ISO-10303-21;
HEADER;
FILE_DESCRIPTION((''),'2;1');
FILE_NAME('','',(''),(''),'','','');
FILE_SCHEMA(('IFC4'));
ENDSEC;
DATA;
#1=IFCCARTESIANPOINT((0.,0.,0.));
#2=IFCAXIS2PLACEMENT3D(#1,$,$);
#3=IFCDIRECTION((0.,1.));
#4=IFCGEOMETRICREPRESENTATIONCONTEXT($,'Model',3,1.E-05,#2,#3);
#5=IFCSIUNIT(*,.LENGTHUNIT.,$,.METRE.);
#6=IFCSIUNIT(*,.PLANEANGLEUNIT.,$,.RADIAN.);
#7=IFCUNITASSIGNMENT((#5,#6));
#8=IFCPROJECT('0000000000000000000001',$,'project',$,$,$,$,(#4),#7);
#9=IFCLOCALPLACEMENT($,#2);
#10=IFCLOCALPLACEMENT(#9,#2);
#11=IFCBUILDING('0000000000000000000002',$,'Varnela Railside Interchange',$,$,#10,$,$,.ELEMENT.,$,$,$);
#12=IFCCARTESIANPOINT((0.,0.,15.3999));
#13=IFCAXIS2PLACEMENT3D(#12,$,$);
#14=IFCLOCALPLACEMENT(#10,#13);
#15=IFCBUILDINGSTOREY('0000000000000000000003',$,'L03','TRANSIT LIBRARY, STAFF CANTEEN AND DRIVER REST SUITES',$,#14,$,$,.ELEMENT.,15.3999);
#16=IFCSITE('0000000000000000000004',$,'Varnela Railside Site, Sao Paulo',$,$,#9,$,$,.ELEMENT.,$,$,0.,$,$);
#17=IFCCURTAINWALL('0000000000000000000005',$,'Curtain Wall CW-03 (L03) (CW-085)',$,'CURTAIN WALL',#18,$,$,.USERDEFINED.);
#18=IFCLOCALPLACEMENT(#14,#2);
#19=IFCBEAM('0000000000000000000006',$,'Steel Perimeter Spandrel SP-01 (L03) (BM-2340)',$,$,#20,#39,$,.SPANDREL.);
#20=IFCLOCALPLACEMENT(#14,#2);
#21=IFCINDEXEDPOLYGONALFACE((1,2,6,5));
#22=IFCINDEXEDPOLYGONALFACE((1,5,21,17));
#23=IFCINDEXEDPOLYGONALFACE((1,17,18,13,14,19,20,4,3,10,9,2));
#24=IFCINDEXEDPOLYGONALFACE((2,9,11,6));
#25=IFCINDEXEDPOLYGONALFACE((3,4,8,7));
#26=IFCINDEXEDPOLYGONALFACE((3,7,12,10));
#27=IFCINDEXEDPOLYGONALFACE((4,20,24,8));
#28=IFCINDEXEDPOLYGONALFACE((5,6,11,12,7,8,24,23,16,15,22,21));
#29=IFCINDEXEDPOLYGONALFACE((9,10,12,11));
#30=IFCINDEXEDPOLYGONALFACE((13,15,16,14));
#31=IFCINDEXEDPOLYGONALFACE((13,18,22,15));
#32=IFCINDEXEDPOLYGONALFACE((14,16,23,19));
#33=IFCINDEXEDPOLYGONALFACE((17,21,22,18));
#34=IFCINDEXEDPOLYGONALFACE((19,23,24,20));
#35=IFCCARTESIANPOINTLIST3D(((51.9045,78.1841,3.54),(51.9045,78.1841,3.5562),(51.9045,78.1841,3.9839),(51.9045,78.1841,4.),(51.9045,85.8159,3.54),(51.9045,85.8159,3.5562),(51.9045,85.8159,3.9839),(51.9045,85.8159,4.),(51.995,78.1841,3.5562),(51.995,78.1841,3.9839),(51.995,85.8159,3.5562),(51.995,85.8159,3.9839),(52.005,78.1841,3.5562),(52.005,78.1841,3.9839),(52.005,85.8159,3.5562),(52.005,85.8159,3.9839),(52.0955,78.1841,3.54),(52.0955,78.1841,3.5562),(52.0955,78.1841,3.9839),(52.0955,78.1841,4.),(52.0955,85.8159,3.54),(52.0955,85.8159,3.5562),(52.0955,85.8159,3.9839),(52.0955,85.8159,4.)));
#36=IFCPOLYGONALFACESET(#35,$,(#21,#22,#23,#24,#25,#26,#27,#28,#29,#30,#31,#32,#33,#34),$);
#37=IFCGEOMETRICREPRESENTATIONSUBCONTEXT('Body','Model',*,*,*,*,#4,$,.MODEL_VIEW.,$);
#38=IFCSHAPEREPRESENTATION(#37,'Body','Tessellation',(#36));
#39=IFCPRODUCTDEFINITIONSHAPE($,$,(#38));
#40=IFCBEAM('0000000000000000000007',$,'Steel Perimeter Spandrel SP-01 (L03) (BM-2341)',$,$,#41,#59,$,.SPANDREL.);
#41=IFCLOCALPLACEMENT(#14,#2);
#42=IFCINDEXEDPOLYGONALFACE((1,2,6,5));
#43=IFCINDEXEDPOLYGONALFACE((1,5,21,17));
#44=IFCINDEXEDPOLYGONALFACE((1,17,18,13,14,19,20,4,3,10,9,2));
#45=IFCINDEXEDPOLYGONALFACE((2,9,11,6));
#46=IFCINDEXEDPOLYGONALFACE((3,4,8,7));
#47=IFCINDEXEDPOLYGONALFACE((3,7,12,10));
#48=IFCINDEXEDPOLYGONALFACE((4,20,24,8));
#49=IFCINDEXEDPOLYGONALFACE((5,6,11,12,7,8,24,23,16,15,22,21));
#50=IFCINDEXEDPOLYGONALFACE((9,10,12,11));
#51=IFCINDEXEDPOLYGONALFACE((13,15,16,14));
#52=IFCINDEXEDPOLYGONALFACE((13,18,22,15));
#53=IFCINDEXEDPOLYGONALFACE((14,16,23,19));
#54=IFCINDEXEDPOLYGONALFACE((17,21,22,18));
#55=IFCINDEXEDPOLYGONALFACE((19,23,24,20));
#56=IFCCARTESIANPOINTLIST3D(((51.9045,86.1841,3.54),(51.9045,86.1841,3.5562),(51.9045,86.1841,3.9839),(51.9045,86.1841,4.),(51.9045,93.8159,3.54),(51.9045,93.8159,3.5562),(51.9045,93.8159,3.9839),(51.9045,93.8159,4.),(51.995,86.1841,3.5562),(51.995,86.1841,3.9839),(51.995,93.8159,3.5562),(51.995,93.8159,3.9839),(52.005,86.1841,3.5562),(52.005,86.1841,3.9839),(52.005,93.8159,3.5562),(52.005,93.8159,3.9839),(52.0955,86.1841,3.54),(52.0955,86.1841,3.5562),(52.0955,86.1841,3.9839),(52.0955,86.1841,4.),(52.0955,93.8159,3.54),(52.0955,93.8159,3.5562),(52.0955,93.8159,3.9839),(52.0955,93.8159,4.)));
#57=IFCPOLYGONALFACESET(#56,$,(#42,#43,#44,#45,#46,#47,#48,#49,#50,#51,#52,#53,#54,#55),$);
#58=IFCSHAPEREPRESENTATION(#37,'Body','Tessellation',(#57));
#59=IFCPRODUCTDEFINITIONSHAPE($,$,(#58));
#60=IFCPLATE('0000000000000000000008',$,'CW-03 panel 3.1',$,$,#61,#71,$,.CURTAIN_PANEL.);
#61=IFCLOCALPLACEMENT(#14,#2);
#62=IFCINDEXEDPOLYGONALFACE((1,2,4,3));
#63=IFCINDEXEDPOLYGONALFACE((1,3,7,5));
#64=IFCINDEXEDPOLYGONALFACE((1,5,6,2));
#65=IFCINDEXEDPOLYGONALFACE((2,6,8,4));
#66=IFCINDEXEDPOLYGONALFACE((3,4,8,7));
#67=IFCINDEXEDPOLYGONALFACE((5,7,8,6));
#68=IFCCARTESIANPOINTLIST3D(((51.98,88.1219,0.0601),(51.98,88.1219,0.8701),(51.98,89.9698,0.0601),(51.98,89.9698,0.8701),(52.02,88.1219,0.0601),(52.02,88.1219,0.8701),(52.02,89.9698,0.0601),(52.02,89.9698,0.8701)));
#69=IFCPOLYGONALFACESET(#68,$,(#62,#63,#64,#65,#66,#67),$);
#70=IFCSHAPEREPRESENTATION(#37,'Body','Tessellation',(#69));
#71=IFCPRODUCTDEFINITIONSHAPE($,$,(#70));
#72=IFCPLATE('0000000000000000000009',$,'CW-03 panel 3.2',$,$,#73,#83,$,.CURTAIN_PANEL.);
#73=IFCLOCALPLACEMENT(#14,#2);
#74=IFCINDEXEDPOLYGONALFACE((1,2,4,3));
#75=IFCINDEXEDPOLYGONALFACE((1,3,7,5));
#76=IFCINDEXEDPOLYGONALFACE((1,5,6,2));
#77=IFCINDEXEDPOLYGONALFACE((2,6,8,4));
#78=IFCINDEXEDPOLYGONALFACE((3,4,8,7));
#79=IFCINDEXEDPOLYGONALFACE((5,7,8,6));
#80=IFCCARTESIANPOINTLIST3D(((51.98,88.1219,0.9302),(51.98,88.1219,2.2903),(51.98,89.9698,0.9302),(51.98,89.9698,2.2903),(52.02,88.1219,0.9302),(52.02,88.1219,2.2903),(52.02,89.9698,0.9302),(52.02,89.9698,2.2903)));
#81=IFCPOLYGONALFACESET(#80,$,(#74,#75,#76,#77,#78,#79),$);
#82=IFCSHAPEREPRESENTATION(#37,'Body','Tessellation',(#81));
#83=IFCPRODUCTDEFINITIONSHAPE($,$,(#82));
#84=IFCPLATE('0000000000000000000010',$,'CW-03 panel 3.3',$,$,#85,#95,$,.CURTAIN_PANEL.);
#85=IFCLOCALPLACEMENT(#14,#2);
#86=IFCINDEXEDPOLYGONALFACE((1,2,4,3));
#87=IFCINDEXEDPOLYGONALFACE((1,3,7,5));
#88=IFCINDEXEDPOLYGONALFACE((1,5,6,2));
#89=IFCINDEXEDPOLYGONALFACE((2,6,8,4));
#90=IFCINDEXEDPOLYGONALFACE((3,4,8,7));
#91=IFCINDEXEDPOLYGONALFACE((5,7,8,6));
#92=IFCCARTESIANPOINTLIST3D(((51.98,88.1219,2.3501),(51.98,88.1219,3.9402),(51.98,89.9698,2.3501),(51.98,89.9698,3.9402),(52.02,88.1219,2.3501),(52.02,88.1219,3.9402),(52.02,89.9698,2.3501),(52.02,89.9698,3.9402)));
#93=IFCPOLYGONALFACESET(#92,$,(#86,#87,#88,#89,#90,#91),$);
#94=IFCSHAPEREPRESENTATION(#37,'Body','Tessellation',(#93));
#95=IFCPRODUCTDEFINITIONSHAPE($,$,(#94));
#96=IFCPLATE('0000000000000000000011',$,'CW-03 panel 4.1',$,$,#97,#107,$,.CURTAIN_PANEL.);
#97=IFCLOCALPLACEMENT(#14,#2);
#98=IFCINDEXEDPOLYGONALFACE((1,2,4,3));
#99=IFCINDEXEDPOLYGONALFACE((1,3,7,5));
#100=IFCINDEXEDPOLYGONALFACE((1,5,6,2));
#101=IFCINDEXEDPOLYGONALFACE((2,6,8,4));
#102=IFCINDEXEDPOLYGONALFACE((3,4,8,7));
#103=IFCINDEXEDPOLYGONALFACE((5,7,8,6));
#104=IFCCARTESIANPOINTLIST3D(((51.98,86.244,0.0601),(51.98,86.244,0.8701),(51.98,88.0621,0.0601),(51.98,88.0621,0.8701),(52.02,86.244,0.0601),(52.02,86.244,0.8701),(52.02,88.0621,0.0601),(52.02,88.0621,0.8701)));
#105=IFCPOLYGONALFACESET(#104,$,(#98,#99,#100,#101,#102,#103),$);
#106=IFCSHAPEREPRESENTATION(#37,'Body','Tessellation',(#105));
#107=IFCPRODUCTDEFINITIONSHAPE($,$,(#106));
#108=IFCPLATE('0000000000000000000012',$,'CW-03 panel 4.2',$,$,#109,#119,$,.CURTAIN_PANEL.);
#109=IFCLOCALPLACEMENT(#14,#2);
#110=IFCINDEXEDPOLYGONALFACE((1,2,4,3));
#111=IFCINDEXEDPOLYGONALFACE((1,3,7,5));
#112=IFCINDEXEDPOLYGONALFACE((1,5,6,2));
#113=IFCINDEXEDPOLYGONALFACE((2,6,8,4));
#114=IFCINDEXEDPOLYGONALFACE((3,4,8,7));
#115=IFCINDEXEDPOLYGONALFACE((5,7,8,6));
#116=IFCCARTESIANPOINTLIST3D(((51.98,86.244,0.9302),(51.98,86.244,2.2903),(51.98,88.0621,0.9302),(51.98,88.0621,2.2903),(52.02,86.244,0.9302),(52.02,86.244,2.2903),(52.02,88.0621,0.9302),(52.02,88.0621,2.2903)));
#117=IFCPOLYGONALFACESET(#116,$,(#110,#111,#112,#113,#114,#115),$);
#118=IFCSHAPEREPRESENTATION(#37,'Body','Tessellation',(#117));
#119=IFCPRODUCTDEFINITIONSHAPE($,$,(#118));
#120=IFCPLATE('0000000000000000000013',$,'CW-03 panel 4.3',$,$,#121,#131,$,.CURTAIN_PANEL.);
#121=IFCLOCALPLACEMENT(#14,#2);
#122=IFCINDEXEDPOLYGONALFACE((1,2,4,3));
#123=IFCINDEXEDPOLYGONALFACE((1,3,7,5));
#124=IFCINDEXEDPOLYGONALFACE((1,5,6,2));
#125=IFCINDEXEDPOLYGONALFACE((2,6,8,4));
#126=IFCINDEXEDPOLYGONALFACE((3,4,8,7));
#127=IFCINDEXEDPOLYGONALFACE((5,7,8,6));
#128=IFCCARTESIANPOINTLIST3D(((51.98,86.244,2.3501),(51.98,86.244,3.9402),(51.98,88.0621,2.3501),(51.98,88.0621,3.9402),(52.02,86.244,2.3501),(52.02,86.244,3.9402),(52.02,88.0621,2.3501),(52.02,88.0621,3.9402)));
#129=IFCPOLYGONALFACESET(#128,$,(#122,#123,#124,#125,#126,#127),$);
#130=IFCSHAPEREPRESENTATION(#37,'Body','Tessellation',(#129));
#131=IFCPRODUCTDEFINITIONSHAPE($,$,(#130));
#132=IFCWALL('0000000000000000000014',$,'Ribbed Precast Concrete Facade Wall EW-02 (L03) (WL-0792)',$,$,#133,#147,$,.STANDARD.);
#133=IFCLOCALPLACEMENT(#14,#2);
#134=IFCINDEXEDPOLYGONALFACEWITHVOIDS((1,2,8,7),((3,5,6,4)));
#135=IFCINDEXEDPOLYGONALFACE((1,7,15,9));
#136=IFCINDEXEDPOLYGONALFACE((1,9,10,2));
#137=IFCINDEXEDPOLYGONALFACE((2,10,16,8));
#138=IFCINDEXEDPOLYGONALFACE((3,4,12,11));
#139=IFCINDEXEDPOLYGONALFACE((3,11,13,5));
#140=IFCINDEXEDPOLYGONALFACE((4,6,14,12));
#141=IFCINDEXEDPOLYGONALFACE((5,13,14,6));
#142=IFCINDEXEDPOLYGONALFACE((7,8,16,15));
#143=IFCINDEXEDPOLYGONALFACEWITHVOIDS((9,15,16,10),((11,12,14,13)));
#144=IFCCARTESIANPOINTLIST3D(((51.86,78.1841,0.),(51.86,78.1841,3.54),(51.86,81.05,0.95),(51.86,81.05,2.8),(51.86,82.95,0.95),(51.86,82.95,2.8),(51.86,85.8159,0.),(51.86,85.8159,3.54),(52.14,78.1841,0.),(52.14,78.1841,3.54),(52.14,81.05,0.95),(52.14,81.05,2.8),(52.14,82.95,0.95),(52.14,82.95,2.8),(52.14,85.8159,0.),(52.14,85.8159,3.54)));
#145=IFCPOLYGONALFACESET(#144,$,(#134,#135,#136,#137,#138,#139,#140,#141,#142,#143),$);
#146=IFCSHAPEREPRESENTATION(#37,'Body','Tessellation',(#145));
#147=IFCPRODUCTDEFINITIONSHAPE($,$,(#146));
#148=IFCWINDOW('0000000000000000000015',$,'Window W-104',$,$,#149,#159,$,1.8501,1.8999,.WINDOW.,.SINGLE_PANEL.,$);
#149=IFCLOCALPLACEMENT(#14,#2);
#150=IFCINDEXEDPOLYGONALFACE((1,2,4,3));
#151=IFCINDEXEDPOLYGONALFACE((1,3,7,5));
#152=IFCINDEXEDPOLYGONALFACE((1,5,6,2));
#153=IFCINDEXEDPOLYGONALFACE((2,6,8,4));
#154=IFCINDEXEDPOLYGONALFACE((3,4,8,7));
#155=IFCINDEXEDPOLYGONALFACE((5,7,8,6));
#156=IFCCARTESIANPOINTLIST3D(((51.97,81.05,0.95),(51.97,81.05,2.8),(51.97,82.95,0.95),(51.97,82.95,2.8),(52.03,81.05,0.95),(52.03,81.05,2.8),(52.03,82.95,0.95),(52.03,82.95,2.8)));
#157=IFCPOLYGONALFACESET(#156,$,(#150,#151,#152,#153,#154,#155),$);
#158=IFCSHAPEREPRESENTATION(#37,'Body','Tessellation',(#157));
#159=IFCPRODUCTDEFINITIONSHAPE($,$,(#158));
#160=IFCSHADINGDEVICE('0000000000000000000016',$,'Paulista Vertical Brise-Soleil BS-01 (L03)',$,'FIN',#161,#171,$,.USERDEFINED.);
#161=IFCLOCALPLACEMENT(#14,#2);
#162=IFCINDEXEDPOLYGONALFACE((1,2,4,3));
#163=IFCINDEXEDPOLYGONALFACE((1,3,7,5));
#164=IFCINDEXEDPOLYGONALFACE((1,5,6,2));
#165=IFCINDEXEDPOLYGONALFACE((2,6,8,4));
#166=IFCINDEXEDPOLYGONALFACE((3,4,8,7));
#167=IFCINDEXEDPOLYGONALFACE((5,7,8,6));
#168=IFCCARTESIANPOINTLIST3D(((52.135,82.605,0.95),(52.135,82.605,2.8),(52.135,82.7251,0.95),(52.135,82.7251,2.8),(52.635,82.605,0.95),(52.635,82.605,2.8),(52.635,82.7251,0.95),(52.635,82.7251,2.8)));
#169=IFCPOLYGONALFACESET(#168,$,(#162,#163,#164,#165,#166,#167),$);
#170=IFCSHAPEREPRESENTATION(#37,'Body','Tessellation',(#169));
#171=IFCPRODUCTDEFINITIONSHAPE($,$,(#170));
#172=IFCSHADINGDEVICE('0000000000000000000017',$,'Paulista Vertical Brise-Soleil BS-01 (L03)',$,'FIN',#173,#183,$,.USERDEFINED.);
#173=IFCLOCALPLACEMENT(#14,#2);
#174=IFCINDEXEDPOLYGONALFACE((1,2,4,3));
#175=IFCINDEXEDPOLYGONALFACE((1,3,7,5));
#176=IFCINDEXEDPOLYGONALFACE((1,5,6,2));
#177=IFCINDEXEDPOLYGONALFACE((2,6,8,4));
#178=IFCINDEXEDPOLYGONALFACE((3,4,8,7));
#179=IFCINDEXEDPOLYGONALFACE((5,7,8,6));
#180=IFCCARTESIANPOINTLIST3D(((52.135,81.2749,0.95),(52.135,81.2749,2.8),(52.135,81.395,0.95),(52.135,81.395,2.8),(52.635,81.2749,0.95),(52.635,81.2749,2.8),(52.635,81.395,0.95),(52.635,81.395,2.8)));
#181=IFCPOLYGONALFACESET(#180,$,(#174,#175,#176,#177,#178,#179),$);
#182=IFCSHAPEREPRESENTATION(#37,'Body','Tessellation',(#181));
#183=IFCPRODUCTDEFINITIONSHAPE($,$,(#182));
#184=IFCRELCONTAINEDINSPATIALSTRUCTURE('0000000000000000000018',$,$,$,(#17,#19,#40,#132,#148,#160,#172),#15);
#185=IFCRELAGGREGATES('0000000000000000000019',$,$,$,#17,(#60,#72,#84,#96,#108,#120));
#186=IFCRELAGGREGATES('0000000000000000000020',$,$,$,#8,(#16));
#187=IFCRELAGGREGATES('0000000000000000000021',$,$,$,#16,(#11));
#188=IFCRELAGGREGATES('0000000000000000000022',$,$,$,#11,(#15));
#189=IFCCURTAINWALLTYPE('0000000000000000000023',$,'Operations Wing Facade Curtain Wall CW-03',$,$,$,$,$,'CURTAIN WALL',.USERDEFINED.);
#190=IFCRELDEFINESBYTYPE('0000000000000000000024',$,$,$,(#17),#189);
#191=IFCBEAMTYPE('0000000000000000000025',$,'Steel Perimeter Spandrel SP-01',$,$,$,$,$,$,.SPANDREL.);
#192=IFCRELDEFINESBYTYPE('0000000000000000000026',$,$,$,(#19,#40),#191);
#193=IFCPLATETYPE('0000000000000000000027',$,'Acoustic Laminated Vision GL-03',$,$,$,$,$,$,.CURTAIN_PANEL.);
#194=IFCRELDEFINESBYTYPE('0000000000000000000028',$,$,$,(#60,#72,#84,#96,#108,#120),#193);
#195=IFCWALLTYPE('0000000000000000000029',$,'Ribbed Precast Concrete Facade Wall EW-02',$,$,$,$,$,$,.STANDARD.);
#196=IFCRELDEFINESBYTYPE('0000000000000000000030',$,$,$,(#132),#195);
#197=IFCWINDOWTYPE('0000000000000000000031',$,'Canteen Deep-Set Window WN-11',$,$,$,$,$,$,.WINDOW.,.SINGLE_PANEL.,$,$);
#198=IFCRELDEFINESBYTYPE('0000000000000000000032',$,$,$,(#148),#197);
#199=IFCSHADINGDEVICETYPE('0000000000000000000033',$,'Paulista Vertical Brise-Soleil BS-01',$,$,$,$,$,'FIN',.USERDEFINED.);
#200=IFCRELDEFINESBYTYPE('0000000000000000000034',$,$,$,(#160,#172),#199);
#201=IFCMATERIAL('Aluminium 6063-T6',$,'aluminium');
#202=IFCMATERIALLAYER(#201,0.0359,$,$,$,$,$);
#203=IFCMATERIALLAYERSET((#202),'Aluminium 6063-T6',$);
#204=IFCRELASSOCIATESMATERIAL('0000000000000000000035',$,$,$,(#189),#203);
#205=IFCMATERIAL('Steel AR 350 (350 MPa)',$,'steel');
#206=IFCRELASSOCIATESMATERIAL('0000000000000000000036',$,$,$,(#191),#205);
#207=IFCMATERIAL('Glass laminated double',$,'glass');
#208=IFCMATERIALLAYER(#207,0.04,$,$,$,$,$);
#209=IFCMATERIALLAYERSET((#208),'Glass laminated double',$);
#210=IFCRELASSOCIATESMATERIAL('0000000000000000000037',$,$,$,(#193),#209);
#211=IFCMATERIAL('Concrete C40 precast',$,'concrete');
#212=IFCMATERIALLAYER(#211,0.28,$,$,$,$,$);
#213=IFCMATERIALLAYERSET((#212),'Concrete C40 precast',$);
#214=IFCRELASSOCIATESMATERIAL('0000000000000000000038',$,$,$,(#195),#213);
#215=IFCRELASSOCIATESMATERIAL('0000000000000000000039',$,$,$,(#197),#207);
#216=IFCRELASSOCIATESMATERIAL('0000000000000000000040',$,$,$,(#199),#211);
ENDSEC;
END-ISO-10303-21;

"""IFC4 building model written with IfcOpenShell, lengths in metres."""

from ifc_helpers import new_model, si_unit, direction, frame, frame_2d, origin, origin_2d, place, context, subcontext, project, spatial, rectangle, i_section, extrude, material, layer, layer_set, material_profile, profile_set, type_object, element, fill, aggregate, save


model = new_model("IFC4")

# Units and contexts
model_context = context("Model", 3, precision=1e-05, world=origin(), true_north=direction((0.0, 1.0)))
body_context = subcontext(model_context, "Body", "Model", "MODEL_VIEW")
ifc_project = project(units=[si_unit("LENGTHUNIT", "METRE"), si_unit("PLANEANGLEUNIT", "RADIAN")], contexts=[model_context])

# Site, building, storey
site_placement = place(None, origin())
site = spatial("IfcSite", under=ifc_project, at=site_placement, Name="Varnela Railside Site, Sao Paulo", CompositionType="ELEMENT", RefElevation=0.0)
building_placement = place(site_placement, origin())
building = spatial("IfcBuilding", under=site, at=building_placement, Name="Varnela Railside Interchange", CompositionType="ELEMENT")
storey_placement = place(building_placement, frame((0.0, 0.0, 15.3999)))
storey = spatial("IfcBuildingStorey", under=building, at=storey_placement, Name="L03", Description="TRANSIT LIBRARY, STAFF CANTEEN AND DRIVER REST SUITES", CompositionType="ELEMENT", Elevation=15.3999)

# Shared definitions
ifc_material_1 = material(Name="Steel AR 350 (350 MPa)", Category="steel")

# Curtain wall
ifc_material_2 = material(Name="Aluminium 6063-T6", Category="aluminium")
ifc_layer_1 = layer(ifc_material_2, 0.0359)
ifc_layer_set_1 = layer_set([ifc_layer_1], Name="Aluminium 6063-T6")
curtain_wall_type = type_object("IfcCurtainWallType", Name="Operations Wing Facade Curtain Wall CW-03", ElementType="CURTAIN WALL", PredefinedType="USERDEFINED", material=ifc_layer_set_1)
curtain_wall_1_placement = place(storey_placement, origin())
curtain_wall_1 = element("IfcCurtainWall", 1, at=curtain_wall_1_placement, inside=storey, type_object=curtain_wall_type, Name="Curtain Wall CW-03 (L03) (CW-085)", ObjectType="CURTAIN WALL", PredefinedType="USERDEFINED")

# Beams
ifc_material_profile_1 = material_profile(ifc_material_1, i_section(OverallWidth=0.1909, OverallDepth=0.46, WebThickness=0.01, FlangeThickness=0.0161, at=origin_2d()), Name="W460x82")
ifc_profile_set_1 = profile_set([ifc_material_profile_1], Name="Steel AR 350 (350 MPa)")
beam_type = type_object("IfcBeamType", Name="Steel Perimeter Spandrel SP-01", PredefinedType="SPANDREL", material=ifc_profile_set_1)
for number, where, z_axis, x_axis, name in (
    (2, (52.0, 78.1841, 3.77), (0.0, 1.0, 0.0), (-1.0, 0.0, 0.0), "Steel Perimeter Spandrel SP-01 (L03) (BM-2340)"),
    (3, (52.0, 86.1841, 3.77), (0.0, 1.0, 0.0), (-1.0, 0.0, 0.0), "Steel Perimeter Spandrel SP-01 (L03) (BM-2341)"),
):
    element("IfcBeam", number, at=place(storey_placement, frame(where, z_axis=z_axis, x_axis=x_axis)), inside=storey, type_object=beam_type, Name=name, PredefinedType="SPANDREL", context=body_context, shape_type="SweptSolid", body=[
        extrude(i_section(OverallWidth=0.1909, OverallDepth=0.46, WebThickness=0.01, FlangeThickness=0.0161, at=origin_2d()), origin(), (0.0, 0.0, 1.0), 7.6318),
    ])

# Plates
ifc_material_3 = material(Name="Glass laminated double", Category="glass")
ifc_layer_2 = layer(ifc_material_3, 0.04)
ifc_layer_set_2 = layer_set([ifc_layer_2], Name="Glass laminated double")
plate_type = type_object("IfcPlateType", Name="Acoustic Laminated Vision GL-03", PredefinedType="CURTAIN_PANEL", material=ifc_layer_set_2)
plate_1_placement = place(storey_placement, frame((52.0, 89.0459, 0.0601), z_axis=(0.0, 0.0, 1.0), x_axis=(0.0, -1.0, 0.0)))
plate_1 = element("IfcPlate", 4, at=plate_1_placement, type_object=plate_type, Name="CW-03 panel 3.1", PredefinedType="CURTAIN_PANEL", context=body_context, shape_type="SweptSolid", body=[
    extrude(rectangle(XDim=1.8479, YDim=0.04, at=origin_2d()), origin(), (0.0, 0.0, 1.0), 0.8101),
])
plate_2_placement = place(storey_placement, frame((52.0, 89.0459, 0.9302), z_axis=(0.0, 0.0, 1.0), x_axis=(0.0, -1.0, 0.0)))
plate_2 = element("IfcPlate", 5, at=plate_2_placement, type_object=plate_type, Name="CW-03 panel 3.2", PredefinedType="CURTAIN_PANEL", context=body_context, shape_type="SweptSolid", body=[
    extrude(rectangle(XDim=1.8479, YDim=0.04, at=origin_2d()), origin(), (0.0, 0.0, 1.0), 1.3601),
])
plate_3_placement = place(storey_placement, frame((52.0, 89.0459, 2.3501), z_axis=(0.0, 0.0, 1.0), x_axis=(0.0, -1.0, 0.0)))
plate_3 = element("IfcPlate", 6, at=plate_3_placement, type_object=plate_type, Name="CW-03 panel 3.3", PredefinedType="CURTAIN_PANEL", context=body_context, shape_type="SweptSolid", body=[
    extrude(rectangle(XDim=1.8479, YDim=0.04, at=origin_2d()), origin(), (0.0, 0.0, 1.0), 1.5901),
])
plate_4_placement = place(storey_placement, frame((52.0, 87.1531, 0.0601), z_axis=(0.0, 0.0, 1.0), x_axis=(0.0, -1.0, 0.0)))
plate_4 = element("IfcPlate", 7, at=plate_4_placement, type_object=plate_type, Name="CW-03 panel 4.1", PredefinedType="CURTAIN_PANEL", context=body_context, shape_type="SweptSolid", body=[
    extrude(rectangle(XDim=1.8181, YDim=0.04, at=origin_2d()), origin(), (0.0, 0.0, 1.0), 0.8101),
])
plate_5_placement = place(storey_placement, frame((52.0, 87.1531, 0.9302), z_axis=(0.0, 0.0, 1.0), x_axis=(0.0, -1.0, 0.0)))
plate_5 = element("IfcPlate", 8, at=plate_5_placement, type_object=plate_type, Name="CW-03 panel 4.2", PredefinedType="CURTAIN_PANEL", context=body_context, shape_type="SweptSolid", body=[
    extrude(rectangle(XDim=1.8181, YDim=0.04, at=origin_2d()), origin(), (0.0, 0.0, 1.0), 1.3601),
])
plate_6_placement = place(storey_placement, frame((52.0, 87.1531, 2.3501), z_axis=(0.0, 0.0, 1.0), x_axis=(0.0, -1.0, 0.0)))
plate_6 = element("IfcPlate", 9, at=plate_6_placement, type_object=plate_type, Name="CW-03 panel 4.3", PredefinedType="CURTAIN_PANEL", context=body_context, shape_type="SweptSolid", body=[
    extrude(rectangle(XDim=1.8181, YDim=0.04, at=origin_2d()), origin(), (0.0, 0.0, 1.0), 1.5901),
])
aggregate(curtain_wall_1, [plate_1, plate_2, plate_3, plate_4, plate_5, plate_6])

# Wall, opening, window
ifc_material_4 = material(Name="Concrete C40 precast", Category="concrete")
ifc_layer_3 = layer(ifc_material_4, 0.28)
ifc_layer_set_3 = layer_set([ifc_layer_3], Name="Concrete C40 precast")
wall_type = type_object("IfcWallType", Name="Ribbed Precast Concrete Facade Wall EW-02", PredefinedType="STANDARD", material=ifc_layer_set_3)
wall_placement = place(storey_placement, frame((52.0, 85.8159, 0.0), z_axis=(0.0, 0.0, 1.0), x_axis=(0.0, -1.0, 0.0)))
wall = element("IfcWall", 10, at=wall_placement, inside=storey, type_object=wall_type, Name="Ribbed Precast Concrete Facade Wall EW-02 (L03) (WL-0792)", PredefinedType="STANDARD", context=body_context, shape_type="SweptSolid", body=[
    extrude(rectangle(XDim=7.6318, YDim=0.28, at=frame_2d((3.8159, 0.0))), origin(), (0.0, 0.0, 1.0), 3.54),
])
opening_placement = place(wall_placement, frame((2.866, 0.0, 0.95)))
opening = element("IfcOpeningElement", 11, at=opening_placement, cuts=wall, PredefinedType="OPENING", context=body_context, shape_type="SweptSolid", body=[
    extrude(rectangle(XDim=1.8999, YDim=1.8501, at=frame_2d((0.95, 0.925))), frame((0.0, 0.1499, 0.0), z_axis=(0.0, -1.0, 0.0), x_axis=(1.0, 0.0, 0.0)), (0.0, 0.0, 1.0), 0.3),
])
window_type = type_object("IfcWindowType", Name="Canteen Deep-Set Window WN-11", PartitioningType="SINGLE_PANEL", PredefinedType="WINDOW", material=ifc_material_3)
window_placement = place(opening_placement, origin())
window = element("IfcWindow", 12, at=window_placement, inside=storey, type_object=window_type, Name="Window W-104", OverallHeight=1.8501, OverallWidth=1.8999, PartitioningType="SINGLE_PANEL", PredefinedType="WINDOW", context=body_context, shape_type="SweptSolid", body=[
    extrude(rectangle(XDim=1.8999, YDim=1.8501, at=frame_2d((0.95, 0.925))), frame((0.0, 0.03, 0.0), z_axis=(0.0, -1.0, 0.0), x_axis=(1.0, 0.0, 0.0)), (0.0, 0.0, 1.0), 0.0601),
])
fill(opening, window)

# Shading devices
shading_device_type = type_object("IfcShadingDeviceType", Name="Paulista Vertical Brise-Soleil BS-01", ElementType="FIN", PredefinedType="USERDEFINED", material=ifc_material_4)
for number, where, z_axis, x_axis, name in (
    (13, (52.385, 82.665, 0.95), (0.0, 0.0, 1.0), (1.0, 0.0, 0.0), "Paulista Vertical Brise-Soleil BS-01 (L03)"),
    (14, (52.385, 81.335, 0.95), (0.0, 0.0, 1.0), (1.0, 0.0, 0.0), "Paulista Vertical Brise-Soleil BS-01 (L03)"),
):
    element("IfcShadingDevice", number, at=place(storey_placement, frame(where, z_axis=z_axis, x_axis=x_axis)), inside=storey, type_object=shading_device_type, Name=name, ObjectType="FIN", PredefinedType="USERDEFINED", context=body_context, shape_type="SweptSolid", body=[
        extrude(rectangle(XDim=0.5, YDim=0.1201, at=origin_2d()), origin(), (0.0, 0.0, 1.0), 1.8501),
    ])

save(model, "model.ifc")
